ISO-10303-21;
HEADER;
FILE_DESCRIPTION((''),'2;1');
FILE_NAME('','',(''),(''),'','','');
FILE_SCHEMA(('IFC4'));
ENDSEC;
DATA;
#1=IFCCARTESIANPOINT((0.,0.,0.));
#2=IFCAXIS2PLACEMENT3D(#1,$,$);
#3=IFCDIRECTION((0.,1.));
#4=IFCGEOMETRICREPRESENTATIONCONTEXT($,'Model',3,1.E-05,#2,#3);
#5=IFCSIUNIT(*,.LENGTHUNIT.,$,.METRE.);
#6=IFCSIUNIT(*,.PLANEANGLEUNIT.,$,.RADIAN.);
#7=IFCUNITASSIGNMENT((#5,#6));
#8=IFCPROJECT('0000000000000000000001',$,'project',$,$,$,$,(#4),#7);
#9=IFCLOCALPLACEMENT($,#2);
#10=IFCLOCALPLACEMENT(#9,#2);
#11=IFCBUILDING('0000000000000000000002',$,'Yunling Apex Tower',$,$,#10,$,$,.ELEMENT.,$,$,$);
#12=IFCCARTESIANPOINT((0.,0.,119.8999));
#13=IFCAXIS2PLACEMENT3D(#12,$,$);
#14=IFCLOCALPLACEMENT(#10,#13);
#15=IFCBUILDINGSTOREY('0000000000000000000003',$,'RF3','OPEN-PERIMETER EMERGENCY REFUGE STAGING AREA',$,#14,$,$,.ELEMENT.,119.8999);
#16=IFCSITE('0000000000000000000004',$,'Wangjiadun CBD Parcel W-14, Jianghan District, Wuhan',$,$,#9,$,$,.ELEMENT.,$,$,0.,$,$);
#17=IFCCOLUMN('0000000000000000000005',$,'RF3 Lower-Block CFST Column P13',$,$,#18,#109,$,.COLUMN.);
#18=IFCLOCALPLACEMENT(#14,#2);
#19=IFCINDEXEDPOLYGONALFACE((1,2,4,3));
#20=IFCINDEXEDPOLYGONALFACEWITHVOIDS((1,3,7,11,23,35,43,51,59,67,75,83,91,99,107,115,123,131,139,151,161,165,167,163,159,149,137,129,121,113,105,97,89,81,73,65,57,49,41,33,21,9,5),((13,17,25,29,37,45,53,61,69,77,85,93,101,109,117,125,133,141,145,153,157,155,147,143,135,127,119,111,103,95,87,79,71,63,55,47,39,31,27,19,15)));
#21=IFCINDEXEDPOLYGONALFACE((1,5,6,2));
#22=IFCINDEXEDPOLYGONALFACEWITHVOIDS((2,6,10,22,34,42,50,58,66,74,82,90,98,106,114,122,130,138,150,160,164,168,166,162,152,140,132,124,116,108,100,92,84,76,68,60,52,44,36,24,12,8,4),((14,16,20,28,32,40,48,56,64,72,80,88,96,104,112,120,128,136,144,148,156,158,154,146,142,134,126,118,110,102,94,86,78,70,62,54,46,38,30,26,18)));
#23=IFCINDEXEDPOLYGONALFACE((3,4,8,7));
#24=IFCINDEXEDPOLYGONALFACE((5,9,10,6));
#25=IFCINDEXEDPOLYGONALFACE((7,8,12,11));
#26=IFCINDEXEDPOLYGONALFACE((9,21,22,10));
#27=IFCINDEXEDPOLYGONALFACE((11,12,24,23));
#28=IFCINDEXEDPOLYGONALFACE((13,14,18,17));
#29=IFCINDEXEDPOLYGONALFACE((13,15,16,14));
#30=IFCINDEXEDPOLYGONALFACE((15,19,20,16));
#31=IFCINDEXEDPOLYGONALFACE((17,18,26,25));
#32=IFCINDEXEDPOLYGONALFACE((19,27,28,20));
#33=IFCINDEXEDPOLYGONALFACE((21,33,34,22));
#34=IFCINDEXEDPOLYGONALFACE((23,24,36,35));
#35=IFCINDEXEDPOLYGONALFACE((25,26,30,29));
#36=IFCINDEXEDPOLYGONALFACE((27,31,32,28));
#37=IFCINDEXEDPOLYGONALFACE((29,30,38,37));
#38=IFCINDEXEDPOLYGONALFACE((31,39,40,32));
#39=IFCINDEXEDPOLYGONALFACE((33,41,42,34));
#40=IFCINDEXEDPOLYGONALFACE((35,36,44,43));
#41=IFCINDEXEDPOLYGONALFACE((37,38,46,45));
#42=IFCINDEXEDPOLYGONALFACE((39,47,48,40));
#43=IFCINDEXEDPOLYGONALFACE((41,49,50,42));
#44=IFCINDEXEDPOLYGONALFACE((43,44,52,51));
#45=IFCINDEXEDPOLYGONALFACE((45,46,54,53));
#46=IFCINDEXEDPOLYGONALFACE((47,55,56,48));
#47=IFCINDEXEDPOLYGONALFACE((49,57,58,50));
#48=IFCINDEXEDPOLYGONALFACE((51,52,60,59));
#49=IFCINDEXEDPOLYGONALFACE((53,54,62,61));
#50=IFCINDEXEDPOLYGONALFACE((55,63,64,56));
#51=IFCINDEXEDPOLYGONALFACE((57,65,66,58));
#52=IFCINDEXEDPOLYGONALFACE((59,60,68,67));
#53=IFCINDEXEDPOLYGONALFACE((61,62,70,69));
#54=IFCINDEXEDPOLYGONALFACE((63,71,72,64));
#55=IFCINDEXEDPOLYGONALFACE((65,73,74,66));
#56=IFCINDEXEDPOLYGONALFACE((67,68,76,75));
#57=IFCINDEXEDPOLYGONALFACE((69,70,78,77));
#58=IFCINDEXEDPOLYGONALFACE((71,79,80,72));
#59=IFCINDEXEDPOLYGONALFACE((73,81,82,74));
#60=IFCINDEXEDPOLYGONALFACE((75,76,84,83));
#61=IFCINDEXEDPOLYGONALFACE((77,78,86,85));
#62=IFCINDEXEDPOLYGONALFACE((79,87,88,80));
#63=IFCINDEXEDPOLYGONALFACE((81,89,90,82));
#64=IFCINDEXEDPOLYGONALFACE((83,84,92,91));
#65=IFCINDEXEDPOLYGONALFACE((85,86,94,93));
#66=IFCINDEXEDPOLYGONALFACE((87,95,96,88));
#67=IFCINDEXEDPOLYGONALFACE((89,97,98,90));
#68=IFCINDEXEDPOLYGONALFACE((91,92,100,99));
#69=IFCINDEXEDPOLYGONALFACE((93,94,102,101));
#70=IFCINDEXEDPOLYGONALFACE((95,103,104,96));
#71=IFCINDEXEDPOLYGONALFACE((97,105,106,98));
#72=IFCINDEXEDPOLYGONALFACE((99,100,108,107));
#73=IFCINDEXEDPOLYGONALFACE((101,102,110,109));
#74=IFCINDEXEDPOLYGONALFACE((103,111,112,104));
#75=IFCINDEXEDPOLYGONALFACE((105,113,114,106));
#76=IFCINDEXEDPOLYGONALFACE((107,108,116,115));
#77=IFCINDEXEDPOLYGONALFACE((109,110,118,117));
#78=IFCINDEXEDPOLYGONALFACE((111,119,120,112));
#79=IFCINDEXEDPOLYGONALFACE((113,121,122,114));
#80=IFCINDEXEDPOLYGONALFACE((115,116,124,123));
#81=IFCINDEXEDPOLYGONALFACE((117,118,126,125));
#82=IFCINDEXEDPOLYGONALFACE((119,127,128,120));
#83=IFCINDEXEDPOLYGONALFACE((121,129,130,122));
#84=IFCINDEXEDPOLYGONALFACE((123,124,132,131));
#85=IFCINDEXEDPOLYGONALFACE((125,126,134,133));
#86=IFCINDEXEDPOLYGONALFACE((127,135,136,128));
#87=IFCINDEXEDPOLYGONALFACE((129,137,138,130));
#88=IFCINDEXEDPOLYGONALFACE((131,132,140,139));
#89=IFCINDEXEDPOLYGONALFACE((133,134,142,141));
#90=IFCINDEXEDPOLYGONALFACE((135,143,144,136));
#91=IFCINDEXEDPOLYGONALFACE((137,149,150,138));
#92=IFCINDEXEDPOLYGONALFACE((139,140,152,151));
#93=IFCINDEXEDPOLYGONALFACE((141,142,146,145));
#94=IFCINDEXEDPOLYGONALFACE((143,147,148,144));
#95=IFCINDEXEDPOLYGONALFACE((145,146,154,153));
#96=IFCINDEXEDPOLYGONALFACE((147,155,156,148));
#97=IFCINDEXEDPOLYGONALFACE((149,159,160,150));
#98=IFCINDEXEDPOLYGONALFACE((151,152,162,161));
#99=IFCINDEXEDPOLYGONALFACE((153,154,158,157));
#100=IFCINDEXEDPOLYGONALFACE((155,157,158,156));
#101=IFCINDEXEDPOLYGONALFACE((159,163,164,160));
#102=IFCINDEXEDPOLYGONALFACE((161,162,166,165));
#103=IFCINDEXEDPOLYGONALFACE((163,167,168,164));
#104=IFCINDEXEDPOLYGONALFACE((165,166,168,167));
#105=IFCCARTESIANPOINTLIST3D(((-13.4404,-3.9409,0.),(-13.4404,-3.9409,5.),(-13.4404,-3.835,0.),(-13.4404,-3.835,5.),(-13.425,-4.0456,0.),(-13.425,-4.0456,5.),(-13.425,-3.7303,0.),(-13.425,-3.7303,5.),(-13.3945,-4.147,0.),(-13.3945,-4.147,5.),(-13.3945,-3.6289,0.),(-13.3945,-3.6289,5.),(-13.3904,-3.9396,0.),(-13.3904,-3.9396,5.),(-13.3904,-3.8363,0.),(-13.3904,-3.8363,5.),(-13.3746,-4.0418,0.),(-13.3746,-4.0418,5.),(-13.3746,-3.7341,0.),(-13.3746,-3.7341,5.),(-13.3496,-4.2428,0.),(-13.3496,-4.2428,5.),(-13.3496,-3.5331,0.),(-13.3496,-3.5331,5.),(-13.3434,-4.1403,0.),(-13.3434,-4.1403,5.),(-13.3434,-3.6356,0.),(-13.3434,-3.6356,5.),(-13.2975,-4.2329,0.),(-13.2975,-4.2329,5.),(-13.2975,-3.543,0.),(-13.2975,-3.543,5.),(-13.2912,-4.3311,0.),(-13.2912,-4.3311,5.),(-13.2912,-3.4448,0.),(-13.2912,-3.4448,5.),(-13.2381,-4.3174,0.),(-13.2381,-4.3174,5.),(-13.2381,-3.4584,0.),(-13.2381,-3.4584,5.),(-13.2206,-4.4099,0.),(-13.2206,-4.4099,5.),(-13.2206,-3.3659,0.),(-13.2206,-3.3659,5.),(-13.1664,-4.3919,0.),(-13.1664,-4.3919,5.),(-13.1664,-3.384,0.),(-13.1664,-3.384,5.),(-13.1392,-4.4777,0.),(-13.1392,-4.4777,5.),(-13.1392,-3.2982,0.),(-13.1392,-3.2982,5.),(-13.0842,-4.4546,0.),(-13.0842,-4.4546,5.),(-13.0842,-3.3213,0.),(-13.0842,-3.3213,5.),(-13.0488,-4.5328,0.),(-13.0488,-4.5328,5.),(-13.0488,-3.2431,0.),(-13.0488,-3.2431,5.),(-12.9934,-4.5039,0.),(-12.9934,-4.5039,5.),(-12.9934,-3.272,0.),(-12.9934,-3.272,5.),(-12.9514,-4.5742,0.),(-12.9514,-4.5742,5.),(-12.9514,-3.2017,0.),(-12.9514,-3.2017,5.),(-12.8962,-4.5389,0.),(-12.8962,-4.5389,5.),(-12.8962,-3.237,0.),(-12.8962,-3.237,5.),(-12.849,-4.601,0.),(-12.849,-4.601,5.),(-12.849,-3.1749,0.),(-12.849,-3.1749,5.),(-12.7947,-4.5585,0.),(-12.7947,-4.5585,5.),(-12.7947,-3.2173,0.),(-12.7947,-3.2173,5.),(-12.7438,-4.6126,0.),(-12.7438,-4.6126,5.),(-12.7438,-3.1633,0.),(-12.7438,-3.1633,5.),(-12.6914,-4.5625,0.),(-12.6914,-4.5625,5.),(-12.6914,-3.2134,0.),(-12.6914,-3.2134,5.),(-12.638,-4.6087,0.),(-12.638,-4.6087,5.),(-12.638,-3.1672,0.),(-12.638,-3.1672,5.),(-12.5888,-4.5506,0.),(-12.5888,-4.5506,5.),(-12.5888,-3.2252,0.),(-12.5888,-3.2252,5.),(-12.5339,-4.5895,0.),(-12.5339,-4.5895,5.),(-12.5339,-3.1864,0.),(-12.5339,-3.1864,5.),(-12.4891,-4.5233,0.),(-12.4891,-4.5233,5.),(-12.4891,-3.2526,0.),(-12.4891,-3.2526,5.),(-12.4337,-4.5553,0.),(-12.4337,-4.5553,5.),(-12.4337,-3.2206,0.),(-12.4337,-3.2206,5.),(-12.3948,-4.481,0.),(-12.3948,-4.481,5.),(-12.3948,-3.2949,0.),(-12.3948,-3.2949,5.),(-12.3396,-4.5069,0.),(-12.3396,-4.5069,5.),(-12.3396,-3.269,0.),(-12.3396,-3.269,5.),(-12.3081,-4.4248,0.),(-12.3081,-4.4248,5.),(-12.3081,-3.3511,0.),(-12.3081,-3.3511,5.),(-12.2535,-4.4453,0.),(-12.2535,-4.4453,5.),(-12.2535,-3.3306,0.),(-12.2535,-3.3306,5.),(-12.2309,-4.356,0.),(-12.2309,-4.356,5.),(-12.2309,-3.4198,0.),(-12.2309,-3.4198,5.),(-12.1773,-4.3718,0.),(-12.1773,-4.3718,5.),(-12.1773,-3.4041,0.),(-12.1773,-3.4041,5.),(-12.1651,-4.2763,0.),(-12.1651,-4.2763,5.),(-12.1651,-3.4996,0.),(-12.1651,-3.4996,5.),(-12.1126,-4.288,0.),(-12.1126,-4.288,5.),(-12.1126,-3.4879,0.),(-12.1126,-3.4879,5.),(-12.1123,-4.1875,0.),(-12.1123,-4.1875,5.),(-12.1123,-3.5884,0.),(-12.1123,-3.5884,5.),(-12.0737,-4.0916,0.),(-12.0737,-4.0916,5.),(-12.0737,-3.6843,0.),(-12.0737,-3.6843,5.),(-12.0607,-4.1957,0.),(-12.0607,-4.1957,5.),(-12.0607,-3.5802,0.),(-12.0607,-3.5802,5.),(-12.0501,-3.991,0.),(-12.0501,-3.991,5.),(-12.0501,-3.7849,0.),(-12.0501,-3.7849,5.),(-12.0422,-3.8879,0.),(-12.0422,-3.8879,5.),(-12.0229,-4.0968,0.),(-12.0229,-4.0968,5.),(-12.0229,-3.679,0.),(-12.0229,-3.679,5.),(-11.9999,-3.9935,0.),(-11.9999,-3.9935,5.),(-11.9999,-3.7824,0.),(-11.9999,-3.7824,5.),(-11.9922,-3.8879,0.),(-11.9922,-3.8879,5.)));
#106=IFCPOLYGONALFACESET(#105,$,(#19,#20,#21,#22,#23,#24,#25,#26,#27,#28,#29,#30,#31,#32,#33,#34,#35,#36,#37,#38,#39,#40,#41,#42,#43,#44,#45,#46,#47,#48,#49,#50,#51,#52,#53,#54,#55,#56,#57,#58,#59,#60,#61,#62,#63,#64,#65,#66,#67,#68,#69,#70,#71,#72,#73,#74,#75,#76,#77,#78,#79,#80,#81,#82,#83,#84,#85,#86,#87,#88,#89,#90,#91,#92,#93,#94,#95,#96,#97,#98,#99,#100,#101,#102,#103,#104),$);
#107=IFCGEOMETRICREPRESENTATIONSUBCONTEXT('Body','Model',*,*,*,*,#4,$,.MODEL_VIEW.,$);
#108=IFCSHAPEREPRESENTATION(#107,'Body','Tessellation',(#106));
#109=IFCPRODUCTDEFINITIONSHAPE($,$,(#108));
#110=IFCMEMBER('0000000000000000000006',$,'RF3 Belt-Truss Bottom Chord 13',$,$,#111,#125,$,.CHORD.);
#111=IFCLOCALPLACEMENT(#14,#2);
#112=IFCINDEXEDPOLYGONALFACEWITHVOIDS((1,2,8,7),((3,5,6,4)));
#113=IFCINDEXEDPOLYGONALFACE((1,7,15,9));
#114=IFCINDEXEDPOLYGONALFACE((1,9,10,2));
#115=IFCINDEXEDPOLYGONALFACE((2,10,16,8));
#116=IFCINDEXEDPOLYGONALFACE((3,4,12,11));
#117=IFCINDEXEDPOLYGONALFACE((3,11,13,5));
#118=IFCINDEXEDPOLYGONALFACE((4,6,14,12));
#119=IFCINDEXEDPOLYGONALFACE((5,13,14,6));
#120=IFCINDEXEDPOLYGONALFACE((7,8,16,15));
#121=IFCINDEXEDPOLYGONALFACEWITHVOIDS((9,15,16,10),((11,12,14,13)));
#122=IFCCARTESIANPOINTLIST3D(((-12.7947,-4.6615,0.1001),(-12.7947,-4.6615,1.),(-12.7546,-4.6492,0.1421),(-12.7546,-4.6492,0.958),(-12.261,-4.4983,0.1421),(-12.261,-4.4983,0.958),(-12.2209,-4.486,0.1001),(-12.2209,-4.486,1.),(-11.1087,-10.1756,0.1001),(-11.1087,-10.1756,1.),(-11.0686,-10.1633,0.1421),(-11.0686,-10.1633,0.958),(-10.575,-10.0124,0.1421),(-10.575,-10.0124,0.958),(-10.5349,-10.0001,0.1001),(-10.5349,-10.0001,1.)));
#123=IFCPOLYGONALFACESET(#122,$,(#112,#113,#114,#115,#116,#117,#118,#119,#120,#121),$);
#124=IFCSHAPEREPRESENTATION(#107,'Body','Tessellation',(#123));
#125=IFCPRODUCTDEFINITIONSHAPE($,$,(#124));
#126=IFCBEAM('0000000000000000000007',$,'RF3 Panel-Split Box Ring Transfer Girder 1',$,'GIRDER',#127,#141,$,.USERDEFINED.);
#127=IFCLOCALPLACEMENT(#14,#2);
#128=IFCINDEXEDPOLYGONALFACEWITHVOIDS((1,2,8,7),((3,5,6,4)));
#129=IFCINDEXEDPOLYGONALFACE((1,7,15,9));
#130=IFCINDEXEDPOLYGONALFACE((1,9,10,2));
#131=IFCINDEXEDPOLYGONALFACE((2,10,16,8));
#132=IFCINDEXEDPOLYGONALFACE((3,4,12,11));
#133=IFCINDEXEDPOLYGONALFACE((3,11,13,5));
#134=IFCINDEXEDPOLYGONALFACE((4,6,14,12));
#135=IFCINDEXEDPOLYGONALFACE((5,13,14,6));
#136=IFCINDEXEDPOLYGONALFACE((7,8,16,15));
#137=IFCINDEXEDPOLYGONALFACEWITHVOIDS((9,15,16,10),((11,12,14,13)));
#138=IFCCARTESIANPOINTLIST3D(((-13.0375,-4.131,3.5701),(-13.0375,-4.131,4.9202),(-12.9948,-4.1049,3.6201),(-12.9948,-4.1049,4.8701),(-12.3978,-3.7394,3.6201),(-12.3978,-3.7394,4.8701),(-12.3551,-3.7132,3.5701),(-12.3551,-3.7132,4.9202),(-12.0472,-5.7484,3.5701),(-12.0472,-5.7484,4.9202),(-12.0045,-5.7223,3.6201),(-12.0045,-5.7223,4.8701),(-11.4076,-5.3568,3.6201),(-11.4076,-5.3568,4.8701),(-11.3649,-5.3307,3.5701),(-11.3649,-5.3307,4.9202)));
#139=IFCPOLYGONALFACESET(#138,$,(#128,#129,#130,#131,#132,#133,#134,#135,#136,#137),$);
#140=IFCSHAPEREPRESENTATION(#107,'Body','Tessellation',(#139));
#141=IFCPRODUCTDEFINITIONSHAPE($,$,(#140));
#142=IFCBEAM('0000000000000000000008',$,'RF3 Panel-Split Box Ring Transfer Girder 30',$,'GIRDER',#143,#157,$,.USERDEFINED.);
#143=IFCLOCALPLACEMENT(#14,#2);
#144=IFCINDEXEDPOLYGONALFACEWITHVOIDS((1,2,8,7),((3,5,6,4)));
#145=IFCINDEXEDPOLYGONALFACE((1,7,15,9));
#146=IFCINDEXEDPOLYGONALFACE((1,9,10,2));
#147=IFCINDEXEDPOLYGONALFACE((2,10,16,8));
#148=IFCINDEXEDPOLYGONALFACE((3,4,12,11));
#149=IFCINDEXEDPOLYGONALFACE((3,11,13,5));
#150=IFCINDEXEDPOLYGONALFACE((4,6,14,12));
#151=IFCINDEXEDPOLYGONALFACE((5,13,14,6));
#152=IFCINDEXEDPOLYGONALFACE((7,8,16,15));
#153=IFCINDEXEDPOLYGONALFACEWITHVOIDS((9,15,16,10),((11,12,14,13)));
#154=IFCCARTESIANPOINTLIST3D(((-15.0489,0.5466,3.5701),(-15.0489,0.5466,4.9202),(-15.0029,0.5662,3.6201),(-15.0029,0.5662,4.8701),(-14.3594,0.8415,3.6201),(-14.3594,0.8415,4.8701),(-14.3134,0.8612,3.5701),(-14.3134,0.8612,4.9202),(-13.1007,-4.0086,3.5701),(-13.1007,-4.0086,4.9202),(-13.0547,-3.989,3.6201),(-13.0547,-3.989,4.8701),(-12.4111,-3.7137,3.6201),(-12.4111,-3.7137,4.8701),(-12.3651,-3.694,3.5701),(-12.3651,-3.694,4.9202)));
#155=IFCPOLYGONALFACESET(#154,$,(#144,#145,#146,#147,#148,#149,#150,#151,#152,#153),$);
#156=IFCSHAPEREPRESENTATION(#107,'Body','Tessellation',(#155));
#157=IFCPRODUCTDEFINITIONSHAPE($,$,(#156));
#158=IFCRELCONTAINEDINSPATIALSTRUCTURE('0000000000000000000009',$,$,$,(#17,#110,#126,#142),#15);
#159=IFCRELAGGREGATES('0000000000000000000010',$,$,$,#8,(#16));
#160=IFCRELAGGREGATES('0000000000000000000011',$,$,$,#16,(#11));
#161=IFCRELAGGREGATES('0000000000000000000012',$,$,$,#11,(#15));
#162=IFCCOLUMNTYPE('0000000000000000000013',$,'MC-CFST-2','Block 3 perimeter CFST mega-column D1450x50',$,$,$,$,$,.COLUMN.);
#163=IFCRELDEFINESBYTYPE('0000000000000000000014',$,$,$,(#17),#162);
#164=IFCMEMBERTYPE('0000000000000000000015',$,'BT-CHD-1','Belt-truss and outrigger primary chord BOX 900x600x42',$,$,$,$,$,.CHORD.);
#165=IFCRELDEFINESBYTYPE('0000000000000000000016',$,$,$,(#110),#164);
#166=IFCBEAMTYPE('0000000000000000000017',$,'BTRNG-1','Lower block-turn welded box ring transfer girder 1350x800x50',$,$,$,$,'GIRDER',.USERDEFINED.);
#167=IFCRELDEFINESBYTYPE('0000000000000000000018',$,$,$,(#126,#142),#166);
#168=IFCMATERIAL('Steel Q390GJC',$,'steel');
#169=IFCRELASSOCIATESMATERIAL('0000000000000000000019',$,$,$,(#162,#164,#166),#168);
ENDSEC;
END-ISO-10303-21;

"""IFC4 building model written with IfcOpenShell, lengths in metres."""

from ifc_helpers import new_model, si_unit, direction, frame, origin, origin_2d, place, context, subcontext, project, spatial, hollow_rectangle, hollow_circle, extrude, source, transform, mapped, material, material_profile, profile_set, type_object, element, save


model = new_model("IFC4")

# Units and contexts
model_context = context("Model", 3, precision=1e-05, world=origin(), true_north=direction((0.0, 1.0)))
body_context = subcontext(model_context, "Body", "Model", "MODEL_VIEW")
ifc_project = project(units=[si_unit("LENGTHUNIT", "METRE"), si_unit("PLANEANGLEUNIT", "RADIAN")], contexts=[model_context])

# Site, building, storey
site_placement = place(None, origin())
site = spatial("IfcSite", under=ifc_project, at=site_placement, Name="Wangjiadun CBD Parcel W-14, Jianghan District, Wuhan", CompositionType="ELEMENT", RefElevation=0.0)
building_placement = place(site_placement, origin())
building = spatial("IfcBuilding", under=site, at=building_placement, Name="Yunling Apex Tower", CompositionType="ELEMENT")
storey_placement = place(building_placement, frame((0.0, 0.0, 119.8999)))
storey = spatial("IfcBuildingStorey", under=building, at=storey_placement, Name="RF3", Description="OPEN-PERIMETER EMERGENCY REFUGE STAGING AREA", CompositionType="ELEMENT", Elevation=119.8999)

# Column
ifc_material_1 = material(Name="Steel Q390GJC", Category="steel")
ifc_material_profile_1 = material_profile(ifc_material_1, hollow_circle(Radius=0.7251, WallThickness=0.05, at=origin_2d()))
ifc_profile_set_1 = profile_set([ifc_material_profile_1], Name="Steel Q390GJC")
column_type = type_object("IfcColumnType", Name="MC-CFST-2", Description="Block 3 perimeter CFST mega-column D1450x50", PredefinedType="COLUMN", material=ifc_profile_set_1)
shared_shape_1 = source(origin(), body_context, "Body", "SweptSolid", [
    extrude(hollow_circle(Radius=0.7251, WallThickness=0.05, at=origin_2d()), origin(), (0.0, 0.0, 1.0), 5.0),
])
column_placement = place(storey_placement, frame((-12.7173, -3.8879, 0.0), z_axis=(0.0, 0.0, 1.0), x_axis=(1.0, 0.0, 0.0)))
element("IfcColumn", 1, at=column_placement, inside=storey, type_object=column_type, Name="RF3 Lower-Block CFST Column P13", PredefinedType="COLUMN", context=body_context, shape_type="MappedRepresentation", body=[
    mapped(shared_shape_1, transform((0.0, 0.0, 0.0), scale=1.0)),
])

# Member
ifc_material_profile_2 = material_profile(ifc_material_1, hollow_rectangle(XDim=0.6001, YDim=0.8999, WallThickness=0.042, at=origin_2d()))
ifc_profile_set_2 = profile_set([ifc_material_profile_2], Name="Steel Q390GJC")
member_type_1 = type_object("IfcMemberType", Name="BT-CHD-1", Description="Belt-truss and outrigger primary chord BOX 900x600x42", PredefinedType="CHORD", material=ifc_profile_set_2)
shared_shape_2 = source(origin(), body_context, "Body", "SweptSolid", [
    extrude(hollow_rectangle(XDim=0.6001, YDim=0.8999, WallThickness=0.042, at=origin_2d()), origin(), (0.0, 0.0, 1.0), 5.7661),
])
member_1_placement = place(storey_placement, frame((-12.5078, -4.5737, 0.55), z_axis=(0.292401, -0.956296, 0.0), x_axis=(0.956296, 0.292401, 0.0)))
element("IfcMember", 2, at=member_1_placement, inside=storey, type_object=member_type_1, Name="RF3 Belt-Truss Bottom Chord 13", PredefinedType="CHORD", context=body_context, shape_type="MappedRepresentation", body=[
    mapped(shared_shape_2, transform((0.0, 0.0, 0.0), scale=1.0)),
])

# Beams
ifc_material_profile_3 = material_profile(ifc_material_1, hollow_rectangle(XDim=0.8, YDim=1.3501, WallThickness=0.05, at=origin_2d()))
ifc_profile_set_3 = profile_set([ifc_material_profile_3], Name="Steel Q390GJC")
beam_type = type_object("IfcBeamType", Name="BTRNG-1", Description="Lower block-turn welded box ring transfer girder 1350x800x50", ElementType="GIRDER", PredefinedType="USERDEFINED", material=ifc_profile_set_3)
shared_shape_3 = source(origin(), body_context, "Body", "SweptSolid", [
    extrude(hollow_rectangle(XDim=0.8, YDim=1.3501, WallThickness=0.05, at=origin_2d()), origin(), (0.0, 0.0, 1.0), 1.8965),
])
beam_1_placement = place(storey_placement, frame((-12.6963, -3.9221, 4.2451), z_axis=(0.522142, -0.852858, 0.0), x_axis=(0.852858, 0.522142, 0.0)))
element("IfcBeam", 3, at=beam_1_placement, inside=storey, type_object=beam_type, Name="RF3 Panel-Split Box Ring Transfer Girder 1", ObjectType="GIRDER", PredefinedType="USERDEFINED", context=body_context, shape_type="MappedRepresentation", body=[
    mapped(shared_shape_3, transform((0.0, 0.0, 0.0), scale=1.0)),
])
shared_shape_4 = source(origin(), body_context, "Body", "SweptSolid", [
    extrude(hollow_rectangle(XDim=0.8, YDim=1.3501, WallThickness=0.05, at=origin_2d()), origin(), (0.0, 0.0, 1.0), 4.9543),
])
beam_2_placement = place(storey_placement, frame((-14.6812, 0.7039, 4.2451), z_axis=(0.393241, -0.919435, 0.0), x_axis=(0.919435, 0.393241, 0.0)))
element("IfcBeam", 4, at=beam_2_placement, inside=storey, type_object=beam_type, Name="RF3 Panel-Split Box Ring Transfer Girder 30", ObjectType="GIRDER", PredefinedType="USERDEFINED", context=body_context, shape_type="MappedRepresentation", body=[
    mapped(shared_shape_4, transform((0.0, 0.0, 0.0), scale=1.0)),
])

save(model, "model.ifc")
